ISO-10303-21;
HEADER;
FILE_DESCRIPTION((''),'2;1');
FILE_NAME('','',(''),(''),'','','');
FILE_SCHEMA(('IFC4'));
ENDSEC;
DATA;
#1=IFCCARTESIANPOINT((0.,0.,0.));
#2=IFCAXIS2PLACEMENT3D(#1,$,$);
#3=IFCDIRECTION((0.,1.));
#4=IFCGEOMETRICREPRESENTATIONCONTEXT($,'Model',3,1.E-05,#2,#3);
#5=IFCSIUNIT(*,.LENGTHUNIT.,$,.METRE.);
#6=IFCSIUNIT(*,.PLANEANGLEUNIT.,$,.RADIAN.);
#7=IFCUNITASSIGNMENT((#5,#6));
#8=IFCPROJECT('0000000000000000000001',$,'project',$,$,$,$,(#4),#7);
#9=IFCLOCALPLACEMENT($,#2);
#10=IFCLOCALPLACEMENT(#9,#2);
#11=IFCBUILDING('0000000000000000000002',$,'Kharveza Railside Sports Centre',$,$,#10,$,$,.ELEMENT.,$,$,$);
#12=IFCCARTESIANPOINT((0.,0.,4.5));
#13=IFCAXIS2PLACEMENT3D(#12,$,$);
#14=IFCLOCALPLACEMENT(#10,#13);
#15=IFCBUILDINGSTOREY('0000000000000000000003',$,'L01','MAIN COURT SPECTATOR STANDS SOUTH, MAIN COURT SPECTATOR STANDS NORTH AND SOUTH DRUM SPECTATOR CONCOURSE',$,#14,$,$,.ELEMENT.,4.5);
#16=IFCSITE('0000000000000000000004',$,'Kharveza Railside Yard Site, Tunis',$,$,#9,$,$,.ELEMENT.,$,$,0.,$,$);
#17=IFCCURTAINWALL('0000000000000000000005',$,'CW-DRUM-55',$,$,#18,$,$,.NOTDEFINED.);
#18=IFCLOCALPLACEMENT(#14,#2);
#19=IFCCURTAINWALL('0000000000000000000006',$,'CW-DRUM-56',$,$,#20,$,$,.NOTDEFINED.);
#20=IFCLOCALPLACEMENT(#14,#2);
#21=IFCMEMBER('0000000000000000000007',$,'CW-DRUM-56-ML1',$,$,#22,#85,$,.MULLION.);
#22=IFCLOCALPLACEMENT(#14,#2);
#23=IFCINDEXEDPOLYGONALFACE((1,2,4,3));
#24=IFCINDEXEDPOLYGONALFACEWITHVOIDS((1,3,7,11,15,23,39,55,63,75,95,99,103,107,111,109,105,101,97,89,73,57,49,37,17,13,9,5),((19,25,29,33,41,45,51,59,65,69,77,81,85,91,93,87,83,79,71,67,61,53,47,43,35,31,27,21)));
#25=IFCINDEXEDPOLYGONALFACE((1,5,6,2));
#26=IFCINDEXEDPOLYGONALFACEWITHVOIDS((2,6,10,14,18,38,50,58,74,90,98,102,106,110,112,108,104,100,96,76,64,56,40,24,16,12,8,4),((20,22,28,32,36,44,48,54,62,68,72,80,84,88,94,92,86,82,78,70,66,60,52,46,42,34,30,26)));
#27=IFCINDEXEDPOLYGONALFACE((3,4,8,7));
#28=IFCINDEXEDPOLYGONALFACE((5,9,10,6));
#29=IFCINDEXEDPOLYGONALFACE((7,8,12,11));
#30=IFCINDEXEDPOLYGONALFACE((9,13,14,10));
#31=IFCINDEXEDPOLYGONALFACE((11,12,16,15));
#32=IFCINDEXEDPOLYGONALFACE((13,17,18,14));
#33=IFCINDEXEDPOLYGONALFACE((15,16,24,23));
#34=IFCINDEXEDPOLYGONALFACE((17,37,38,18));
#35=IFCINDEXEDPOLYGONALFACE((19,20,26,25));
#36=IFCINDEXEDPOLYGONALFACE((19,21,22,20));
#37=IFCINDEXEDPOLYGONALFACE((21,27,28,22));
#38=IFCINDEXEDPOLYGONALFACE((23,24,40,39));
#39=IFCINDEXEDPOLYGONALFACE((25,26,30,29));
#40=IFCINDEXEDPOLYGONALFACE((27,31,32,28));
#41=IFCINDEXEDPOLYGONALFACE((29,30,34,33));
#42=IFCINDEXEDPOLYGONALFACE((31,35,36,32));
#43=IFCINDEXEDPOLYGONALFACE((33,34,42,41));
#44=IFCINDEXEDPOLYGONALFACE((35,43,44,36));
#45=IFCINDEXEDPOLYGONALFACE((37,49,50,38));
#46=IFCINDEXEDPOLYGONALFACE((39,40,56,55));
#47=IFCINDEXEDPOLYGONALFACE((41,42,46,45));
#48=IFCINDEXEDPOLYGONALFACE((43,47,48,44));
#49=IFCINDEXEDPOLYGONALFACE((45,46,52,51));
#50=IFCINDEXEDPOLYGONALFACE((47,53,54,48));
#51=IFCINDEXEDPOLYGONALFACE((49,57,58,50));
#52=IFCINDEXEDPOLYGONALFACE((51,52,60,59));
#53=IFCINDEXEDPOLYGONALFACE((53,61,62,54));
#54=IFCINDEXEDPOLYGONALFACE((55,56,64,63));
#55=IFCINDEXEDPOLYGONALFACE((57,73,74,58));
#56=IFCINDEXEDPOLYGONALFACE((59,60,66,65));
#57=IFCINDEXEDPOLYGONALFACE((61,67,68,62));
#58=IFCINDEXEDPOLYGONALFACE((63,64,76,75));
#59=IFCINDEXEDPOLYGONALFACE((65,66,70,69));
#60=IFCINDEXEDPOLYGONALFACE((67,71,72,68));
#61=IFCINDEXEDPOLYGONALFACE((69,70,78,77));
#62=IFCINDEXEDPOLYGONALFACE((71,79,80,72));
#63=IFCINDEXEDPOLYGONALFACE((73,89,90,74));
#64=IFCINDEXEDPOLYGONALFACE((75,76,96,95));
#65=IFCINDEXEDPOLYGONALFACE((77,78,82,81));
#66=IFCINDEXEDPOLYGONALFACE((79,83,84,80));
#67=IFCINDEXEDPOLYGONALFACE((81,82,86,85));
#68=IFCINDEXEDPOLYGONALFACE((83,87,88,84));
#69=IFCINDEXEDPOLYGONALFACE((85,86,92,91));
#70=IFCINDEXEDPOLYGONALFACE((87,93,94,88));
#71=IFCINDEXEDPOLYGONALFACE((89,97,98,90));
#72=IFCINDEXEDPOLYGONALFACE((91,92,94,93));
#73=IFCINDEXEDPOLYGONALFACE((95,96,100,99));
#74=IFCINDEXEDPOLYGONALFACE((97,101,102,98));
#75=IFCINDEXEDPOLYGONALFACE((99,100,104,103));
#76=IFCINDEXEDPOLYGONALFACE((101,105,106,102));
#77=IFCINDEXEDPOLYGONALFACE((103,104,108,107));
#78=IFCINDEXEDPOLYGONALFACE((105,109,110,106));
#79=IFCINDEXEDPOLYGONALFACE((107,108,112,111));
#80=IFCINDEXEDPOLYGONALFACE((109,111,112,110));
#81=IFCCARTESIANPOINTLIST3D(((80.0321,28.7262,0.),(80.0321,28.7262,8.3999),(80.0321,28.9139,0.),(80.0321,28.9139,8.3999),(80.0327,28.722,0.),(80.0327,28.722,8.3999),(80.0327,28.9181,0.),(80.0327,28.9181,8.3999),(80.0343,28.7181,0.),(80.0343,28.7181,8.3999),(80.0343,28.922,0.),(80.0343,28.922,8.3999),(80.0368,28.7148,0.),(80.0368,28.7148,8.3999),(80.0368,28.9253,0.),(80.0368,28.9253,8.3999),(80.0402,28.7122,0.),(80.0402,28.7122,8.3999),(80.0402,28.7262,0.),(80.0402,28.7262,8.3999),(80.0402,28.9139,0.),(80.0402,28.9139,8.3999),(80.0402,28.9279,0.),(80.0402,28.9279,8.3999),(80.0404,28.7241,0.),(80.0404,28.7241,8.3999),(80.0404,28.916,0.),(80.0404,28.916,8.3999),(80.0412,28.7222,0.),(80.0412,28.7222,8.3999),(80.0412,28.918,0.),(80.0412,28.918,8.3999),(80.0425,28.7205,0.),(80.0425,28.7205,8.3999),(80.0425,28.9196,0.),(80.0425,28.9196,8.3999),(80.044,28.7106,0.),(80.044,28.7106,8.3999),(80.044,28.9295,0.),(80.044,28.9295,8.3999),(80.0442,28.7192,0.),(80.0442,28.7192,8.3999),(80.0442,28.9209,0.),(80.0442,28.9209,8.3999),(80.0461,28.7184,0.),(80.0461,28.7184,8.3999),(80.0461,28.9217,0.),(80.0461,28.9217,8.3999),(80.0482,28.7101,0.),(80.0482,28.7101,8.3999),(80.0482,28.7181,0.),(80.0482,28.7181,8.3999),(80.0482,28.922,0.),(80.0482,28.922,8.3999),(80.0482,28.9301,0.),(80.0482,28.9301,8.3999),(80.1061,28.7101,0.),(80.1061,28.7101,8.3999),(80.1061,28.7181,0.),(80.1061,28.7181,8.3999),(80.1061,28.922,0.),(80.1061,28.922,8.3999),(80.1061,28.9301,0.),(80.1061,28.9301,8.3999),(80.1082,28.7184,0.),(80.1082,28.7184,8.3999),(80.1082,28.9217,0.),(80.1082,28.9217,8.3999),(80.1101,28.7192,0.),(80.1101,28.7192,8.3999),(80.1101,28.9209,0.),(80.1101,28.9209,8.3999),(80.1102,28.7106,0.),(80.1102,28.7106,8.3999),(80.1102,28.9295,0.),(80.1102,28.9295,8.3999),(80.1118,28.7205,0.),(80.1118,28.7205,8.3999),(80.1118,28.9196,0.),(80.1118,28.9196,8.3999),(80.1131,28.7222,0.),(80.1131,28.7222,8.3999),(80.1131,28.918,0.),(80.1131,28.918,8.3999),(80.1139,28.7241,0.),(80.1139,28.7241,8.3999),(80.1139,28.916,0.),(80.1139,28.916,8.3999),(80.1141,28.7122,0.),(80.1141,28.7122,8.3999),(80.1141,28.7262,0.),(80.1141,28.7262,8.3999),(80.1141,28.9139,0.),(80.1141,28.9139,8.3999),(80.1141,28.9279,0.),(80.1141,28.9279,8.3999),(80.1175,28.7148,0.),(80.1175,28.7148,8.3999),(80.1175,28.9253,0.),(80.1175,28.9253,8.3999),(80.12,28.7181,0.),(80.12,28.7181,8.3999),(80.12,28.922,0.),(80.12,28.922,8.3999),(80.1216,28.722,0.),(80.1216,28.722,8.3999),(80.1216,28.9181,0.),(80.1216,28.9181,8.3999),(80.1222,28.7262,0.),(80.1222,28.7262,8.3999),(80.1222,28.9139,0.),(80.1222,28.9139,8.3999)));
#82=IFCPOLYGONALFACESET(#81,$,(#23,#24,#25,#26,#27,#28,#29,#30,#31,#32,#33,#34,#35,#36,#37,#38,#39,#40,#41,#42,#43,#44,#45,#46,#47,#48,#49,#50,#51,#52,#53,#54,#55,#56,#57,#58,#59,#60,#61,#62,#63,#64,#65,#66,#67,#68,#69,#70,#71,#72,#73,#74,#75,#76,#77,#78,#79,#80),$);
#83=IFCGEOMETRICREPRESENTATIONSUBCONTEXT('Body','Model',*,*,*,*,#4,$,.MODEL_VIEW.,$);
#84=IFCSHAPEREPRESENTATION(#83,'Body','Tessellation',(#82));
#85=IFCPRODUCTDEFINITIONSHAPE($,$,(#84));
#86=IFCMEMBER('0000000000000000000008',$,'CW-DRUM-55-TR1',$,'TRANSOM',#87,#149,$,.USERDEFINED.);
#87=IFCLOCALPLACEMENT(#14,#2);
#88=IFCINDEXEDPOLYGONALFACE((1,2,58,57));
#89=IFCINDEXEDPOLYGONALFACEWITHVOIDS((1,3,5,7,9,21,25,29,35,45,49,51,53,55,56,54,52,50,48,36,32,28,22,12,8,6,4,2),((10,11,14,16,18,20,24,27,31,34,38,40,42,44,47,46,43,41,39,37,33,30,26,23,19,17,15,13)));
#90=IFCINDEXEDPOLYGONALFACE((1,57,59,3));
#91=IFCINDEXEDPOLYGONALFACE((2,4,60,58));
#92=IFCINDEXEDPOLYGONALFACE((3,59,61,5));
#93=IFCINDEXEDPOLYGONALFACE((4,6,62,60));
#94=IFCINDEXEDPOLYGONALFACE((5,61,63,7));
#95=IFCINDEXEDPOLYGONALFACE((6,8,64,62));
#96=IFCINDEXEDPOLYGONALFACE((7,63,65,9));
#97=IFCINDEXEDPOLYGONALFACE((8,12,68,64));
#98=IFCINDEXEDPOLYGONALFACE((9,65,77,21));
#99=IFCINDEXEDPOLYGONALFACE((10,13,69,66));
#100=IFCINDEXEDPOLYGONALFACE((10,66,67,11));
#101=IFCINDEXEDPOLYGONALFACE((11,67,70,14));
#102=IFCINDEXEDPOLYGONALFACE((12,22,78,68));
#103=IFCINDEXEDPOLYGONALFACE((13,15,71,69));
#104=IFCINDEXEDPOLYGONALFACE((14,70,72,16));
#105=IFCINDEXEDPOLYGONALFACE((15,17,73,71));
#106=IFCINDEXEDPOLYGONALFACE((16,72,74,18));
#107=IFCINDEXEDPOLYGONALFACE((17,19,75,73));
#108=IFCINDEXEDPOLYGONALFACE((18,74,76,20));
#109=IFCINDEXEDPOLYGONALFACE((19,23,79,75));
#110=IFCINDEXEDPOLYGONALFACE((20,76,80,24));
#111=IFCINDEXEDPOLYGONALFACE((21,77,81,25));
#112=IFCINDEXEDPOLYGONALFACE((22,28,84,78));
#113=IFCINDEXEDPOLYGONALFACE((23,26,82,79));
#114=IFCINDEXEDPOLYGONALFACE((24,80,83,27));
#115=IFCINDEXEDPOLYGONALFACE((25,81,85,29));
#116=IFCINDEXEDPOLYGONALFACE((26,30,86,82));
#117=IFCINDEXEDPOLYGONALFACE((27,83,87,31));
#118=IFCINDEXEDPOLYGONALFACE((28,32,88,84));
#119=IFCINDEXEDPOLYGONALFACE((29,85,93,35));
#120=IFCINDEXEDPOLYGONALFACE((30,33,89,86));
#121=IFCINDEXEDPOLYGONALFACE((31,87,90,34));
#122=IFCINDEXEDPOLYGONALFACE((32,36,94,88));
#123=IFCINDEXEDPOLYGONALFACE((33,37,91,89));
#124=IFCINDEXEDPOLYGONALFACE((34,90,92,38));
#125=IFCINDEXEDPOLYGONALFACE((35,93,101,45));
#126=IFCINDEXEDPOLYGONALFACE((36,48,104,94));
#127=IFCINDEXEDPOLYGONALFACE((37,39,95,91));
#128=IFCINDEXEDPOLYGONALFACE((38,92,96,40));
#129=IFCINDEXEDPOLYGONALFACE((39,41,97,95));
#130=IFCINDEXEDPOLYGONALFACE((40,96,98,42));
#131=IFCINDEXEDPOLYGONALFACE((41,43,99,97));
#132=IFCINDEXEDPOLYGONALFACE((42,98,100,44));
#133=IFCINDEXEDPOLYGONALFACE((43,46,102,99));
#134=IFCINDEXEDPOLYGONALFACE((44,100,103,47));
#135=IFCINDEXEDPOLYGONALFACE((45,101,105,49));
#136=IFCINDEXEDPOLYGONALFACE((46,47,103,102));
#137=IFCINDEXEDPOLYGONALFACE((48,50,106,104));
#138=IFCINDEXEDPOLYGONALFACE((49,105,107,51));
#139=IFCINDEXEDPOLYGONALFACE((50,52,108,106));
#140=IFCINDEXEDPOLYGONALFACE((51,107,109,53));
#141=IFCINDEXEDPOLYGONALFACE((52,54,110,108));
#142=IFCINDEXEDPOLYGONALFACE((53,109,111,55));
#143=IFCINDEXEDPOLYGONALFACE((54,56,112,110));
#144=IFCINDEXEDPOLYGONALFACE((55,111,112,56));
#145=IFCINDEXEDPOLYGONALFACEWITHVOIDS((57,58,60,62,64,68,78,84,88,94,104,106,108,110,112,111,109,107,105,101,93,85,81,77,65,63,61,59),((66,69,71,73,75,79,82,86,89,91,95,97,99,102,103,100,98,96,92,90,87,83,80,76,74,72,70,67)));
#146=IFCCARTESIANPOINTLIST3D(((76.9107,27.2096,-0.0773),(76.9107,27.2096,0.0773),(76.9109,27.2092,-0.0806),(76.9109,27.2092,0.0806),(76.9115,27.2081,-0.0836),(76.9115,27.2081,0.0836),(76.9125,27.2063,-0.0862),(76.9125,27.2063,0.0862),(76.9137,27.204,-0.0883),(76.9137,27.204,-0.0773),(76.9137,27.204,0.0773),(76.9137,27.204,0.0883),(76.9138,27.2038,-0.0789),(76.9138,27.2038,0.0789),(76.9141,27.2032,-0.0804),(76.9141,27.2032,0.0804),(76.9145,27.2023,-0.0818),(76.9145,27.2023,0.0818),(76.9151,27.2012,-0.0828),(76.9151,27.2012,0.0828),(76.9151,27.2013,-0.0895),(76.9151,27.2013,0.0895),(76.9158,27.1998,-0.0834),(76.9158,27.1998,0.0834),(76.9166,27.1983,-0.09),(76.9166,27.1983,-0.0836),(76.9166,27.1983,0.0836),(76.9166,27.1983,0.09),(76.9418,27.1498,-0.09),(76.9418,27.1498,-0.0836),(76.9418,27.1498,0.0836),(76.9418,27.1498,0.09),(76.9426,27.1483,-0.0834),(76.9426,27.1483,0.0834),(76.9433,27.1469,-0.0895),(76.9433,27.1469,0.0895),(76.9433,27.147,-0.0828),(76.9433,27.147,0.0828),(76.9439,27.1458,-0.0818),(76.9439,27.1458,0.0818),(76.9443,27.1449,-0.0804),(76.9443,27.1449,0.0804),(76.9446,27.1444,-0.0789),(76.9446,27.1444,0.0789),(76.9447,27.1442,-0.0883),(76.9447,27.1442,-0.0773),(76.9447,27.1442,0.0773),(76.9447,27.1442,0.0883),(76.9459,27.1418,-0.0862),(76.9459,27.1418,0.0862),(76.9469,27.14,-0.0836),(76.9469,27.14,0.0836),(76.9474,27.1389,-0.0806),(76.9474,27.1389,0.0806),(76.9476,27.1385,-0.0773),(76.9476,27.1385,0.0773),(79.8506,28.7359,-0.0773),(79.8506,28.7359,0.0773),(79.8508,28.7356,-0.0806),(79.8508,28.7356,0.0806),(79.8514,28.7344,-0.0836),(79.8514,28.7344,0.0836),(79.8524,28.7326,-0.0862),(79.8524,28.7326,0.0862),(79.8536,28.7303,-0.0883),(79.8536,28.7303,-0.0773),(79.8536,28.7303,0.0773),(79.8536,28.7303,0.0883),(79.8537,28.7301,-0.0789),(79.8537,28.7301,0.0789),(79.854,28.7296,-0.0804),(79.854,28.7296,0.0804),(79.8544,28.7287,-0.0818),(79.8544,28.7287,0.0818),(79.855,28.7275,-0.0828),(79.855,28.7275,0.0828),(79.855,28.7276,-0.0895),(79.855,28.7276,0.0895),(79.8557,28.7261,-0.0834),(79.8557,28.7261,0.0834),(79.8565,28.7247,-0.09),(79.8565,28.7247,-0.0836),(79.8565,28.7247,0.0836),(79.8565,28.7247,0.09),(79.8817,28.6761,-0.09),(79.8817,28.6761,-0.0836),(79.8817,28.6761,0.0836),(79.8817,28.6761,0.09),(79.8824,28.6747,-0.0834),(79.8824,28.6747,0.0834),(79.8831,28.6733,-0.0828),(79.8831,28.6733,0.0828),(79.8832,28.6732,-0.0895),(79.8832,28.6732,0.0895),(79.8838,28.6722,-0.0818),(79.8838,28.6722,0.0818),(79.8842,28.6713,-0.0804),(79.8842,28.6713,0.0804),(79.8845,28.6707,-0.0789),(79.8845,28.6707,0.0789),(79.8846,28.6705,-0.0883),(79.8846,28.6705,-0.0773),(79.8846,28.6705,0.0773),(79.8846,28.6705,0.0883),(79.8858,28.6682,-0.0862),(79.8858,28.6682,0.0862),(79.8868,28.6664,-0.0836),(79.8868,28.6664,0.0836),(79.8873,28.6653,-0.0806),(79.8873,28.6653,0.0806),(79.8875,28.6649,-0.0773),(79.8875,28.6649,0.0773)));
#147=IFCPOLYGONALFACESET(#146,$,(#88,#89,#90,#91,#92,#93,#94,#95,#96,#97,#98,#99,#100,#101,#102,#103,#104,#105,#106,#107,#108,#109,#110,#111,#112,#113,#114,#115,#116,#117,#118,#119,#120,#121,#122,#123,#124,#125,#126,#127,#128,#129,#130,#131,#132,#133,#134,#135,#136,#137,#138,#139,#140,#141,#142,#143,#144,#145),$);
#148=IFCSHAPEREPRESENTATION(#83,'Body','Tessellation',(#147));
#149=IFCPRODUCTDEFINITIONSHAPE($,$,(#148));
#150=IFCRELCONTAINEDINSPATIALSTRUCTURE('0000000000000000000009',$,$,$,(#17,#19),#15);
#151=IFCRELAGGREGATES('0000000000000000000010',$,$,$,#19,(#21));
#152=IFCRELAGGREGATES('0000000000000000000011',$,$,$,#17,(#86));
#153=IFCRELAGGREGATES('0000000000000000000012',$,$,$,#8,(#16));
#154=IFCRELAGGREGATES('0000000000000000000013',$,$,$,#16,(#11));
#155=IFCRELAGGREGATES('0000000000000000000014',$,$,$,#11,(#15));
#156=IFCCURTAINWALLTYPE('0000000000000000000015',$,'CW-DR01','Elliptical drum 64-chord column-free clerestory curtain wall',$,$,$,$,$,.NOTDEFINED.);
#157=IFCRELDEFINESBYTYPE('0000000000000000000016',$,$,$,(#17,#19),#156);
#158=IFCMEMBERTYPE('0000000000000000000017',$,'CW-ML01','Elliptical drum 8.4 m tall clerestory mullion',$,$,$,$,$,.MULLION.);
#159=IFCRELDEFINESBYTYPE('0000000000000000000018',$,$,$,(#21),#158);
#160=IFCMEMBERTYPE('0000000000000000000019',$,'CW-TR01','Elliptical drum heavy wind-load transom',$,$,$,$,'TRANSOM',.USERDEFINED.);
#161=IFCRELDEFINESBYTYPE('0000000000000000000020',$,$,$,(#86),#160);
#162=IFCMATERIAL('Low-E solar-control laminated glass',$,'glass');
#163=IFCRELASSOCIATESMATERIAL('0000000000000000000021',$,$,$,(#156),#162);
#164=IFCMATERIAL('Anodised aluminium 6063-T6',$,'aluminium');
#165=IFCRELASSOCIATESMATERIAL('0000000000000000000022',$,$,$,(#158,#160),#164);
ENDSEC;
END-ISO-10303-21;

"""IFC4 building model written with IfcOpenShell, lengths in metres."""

from ifc_helpers import new_model, si_unit, direction, frame, origin, origin_2d, place, context, subcontext, project, spatial, hollow_rectangle, extrude, material, material_profile, profile_set, type_object, element, aggregate, save


model = new_model("IFC4")

# Units and contexts
model_context = context("Model", 3, precision=1e-05, world=origin(), true_north=direction((0.0, 1.0)))
body_context = subcontext(model_context, "Body", "Model", "MODEL_VIEW")
ifc_project = project(units=[si_unit("LENGTHUNIT", "METRE"), si_unit("PLANEANGLEUNIT", "RADIAN")], contexts=[model_context])

# Site, building, storey
site_placement = place(None, origin())
site = spatial("IfcSite", under=ifc_project, at=site_placement, Name="Kharveza Railside Yard Site, Tunis", CompositionType="ELEMENT", RefElevation=0.0)
building_placement = place(site_placement, origin())
building = spatial("IfcBuilding", under=site, at=building_placement, Name="Kharveza Railside Sports Centre", CompositionType="ELEMENT")
storey_placement = place(building_placement, frame((0.0, 0.0, 4.5)))
storey = spatial("IfcBuildingStorey", under=building, at=storey_placement, Name="L01", Description="MAIN COURT SPECTATOR STANDS SOUTH, MAIN COURT SPECTATOR STANDS NORTH AND SOUTH DRUM SPECTATOR CONCOURSE", CompositionType="ELEMENT", Elevation=4.5)

# Shared definitions
ifc_material_1 = material(Name="Low-E solar-control laminated glass", Category="glass")
curtain_wall_type = type_object("IfcCurtainWallType", Name="CW-DR01", Description="Elliptical drum 64-chord column-free clerestory curtain wall", PredefinedType="NOTDEFINED", material=ifc_material_1)
ifc_material_2 = material(Name="Anodised aluminium 6063-T6", Category="aluminium")
ifc_material_profile_1 = material_profile(ifc_material_2, hollow_rectangle(XDim=0.0901, YDim=0.22, WallThickness=0.0081, InnerFilletRadius=0.0081, OuterFilletRadius=0.0161, at=origin_2d()), Name="RHS 90x220x8.0")
ifc_profile_set_1 = profile_set([ifc_material_profile_1], Name="Anodised aluminium 6063-T6")
member_type_1 = type_object("IfcMemberType", Name="CW-ML01", Description="Elliptical drum 8.4 m tall clerestory mullion", PredefinedType="MULLION", material=ifc_profile_set_1)

# Curtain wall
curtain_wall_1_placement = place(storey_placement, origin())
curtain_wall_1 = element("IfcCurtainWall", 1, at=curtain_wall_1_placement, inside=storey, type_object=curtain_wall_type, Name="CW-DRUM-55", PredefinedType="NOTDEFINED")

# Curtain wall, member
curtain_wall_2_placement = place(storey_placement, origin())
curtain_wall_2 = element("IfcCurtainWall", 2, at=curtain_wall_2_placement, inside=storey, type_object=curtain_wall_type, Name="CW-DRUM-56", PredefinedType="NOTDEFINED")
member_1_placement = place(storey_placement, frame((80.0771, 28.8201, 0.0), z_axis=(0.0, 0.0, 1.0), x_axis=(1.0, 0.0, 0.0)))
member_1 = element("IfcMember", 3, at=member_1_placement, type_object=member_type_1, Name="CW-DRUM-56-ML1", PredefinedType="MULLION", context=body_context, shape_type="SweptSolid", body=[
    extrude(hollow_rectangle(XDim=0.0901, YDim=0.22, WallThickness=0.0081, InnerFilletRadius=0.0081, OuterFilletRadius=0.0161, at=origin_2d()), origin(), (0.0, 0.0, 1.0), 8.3999),
])

# Member
ifc_material_profile_2 = material_profile(ifc_material_2, hollow_rectangle(XDim=0.0801, YDim=0.1799, WallThickness=0.0063, InnerFilletRadius=0.0063, OuterFilletRadius=0.0127, at=origin_2d()), Name="RHS 80x180x6.3")
ifc_profile_set_2 = profile_set([ifc_material_profile_2], Name="Anodised aluminium 6063-T6")
member_type_2 = type_object("IfcMemberType", Name="CW-TR01", Description="Elliptical drum heavy wind-load transom", ElementType="TRANSOM", PredefinedType="USERDEFINED", material=ifc_profile_set_2)
member_2_placement = place(storey_placement, frame((76.9292, 27.1741, 0.0), z_axis=(0.887513, 0.460782, 0.0), x_axis=(-0.460782, 0.887513, 0.0)))
member_2 = element("IfcMember", 4, at=member_2_placement, type_object=member_type_2, Name="CW-DRUM-55-TR1", ObjectType="TRANSOM", PredefinedType="USERDEFINED", context=body_context, shape_type="SweptSolid", body=[
    extrude(hollow_rectangle(XDim=0.0801, YDim=0.1799, WallThickness=0.0063, InnerFilletRadius=0.0063, OuterFilletRadius=0.0127, at=origin_2d()), origin(), (0.0, 0.0, 1.0), 3.3125),
])
aggregate(curtain_wall_2, [member_1])

aggregate(curtain_wall_1, [member_2])

save(model, "model.ifc")
